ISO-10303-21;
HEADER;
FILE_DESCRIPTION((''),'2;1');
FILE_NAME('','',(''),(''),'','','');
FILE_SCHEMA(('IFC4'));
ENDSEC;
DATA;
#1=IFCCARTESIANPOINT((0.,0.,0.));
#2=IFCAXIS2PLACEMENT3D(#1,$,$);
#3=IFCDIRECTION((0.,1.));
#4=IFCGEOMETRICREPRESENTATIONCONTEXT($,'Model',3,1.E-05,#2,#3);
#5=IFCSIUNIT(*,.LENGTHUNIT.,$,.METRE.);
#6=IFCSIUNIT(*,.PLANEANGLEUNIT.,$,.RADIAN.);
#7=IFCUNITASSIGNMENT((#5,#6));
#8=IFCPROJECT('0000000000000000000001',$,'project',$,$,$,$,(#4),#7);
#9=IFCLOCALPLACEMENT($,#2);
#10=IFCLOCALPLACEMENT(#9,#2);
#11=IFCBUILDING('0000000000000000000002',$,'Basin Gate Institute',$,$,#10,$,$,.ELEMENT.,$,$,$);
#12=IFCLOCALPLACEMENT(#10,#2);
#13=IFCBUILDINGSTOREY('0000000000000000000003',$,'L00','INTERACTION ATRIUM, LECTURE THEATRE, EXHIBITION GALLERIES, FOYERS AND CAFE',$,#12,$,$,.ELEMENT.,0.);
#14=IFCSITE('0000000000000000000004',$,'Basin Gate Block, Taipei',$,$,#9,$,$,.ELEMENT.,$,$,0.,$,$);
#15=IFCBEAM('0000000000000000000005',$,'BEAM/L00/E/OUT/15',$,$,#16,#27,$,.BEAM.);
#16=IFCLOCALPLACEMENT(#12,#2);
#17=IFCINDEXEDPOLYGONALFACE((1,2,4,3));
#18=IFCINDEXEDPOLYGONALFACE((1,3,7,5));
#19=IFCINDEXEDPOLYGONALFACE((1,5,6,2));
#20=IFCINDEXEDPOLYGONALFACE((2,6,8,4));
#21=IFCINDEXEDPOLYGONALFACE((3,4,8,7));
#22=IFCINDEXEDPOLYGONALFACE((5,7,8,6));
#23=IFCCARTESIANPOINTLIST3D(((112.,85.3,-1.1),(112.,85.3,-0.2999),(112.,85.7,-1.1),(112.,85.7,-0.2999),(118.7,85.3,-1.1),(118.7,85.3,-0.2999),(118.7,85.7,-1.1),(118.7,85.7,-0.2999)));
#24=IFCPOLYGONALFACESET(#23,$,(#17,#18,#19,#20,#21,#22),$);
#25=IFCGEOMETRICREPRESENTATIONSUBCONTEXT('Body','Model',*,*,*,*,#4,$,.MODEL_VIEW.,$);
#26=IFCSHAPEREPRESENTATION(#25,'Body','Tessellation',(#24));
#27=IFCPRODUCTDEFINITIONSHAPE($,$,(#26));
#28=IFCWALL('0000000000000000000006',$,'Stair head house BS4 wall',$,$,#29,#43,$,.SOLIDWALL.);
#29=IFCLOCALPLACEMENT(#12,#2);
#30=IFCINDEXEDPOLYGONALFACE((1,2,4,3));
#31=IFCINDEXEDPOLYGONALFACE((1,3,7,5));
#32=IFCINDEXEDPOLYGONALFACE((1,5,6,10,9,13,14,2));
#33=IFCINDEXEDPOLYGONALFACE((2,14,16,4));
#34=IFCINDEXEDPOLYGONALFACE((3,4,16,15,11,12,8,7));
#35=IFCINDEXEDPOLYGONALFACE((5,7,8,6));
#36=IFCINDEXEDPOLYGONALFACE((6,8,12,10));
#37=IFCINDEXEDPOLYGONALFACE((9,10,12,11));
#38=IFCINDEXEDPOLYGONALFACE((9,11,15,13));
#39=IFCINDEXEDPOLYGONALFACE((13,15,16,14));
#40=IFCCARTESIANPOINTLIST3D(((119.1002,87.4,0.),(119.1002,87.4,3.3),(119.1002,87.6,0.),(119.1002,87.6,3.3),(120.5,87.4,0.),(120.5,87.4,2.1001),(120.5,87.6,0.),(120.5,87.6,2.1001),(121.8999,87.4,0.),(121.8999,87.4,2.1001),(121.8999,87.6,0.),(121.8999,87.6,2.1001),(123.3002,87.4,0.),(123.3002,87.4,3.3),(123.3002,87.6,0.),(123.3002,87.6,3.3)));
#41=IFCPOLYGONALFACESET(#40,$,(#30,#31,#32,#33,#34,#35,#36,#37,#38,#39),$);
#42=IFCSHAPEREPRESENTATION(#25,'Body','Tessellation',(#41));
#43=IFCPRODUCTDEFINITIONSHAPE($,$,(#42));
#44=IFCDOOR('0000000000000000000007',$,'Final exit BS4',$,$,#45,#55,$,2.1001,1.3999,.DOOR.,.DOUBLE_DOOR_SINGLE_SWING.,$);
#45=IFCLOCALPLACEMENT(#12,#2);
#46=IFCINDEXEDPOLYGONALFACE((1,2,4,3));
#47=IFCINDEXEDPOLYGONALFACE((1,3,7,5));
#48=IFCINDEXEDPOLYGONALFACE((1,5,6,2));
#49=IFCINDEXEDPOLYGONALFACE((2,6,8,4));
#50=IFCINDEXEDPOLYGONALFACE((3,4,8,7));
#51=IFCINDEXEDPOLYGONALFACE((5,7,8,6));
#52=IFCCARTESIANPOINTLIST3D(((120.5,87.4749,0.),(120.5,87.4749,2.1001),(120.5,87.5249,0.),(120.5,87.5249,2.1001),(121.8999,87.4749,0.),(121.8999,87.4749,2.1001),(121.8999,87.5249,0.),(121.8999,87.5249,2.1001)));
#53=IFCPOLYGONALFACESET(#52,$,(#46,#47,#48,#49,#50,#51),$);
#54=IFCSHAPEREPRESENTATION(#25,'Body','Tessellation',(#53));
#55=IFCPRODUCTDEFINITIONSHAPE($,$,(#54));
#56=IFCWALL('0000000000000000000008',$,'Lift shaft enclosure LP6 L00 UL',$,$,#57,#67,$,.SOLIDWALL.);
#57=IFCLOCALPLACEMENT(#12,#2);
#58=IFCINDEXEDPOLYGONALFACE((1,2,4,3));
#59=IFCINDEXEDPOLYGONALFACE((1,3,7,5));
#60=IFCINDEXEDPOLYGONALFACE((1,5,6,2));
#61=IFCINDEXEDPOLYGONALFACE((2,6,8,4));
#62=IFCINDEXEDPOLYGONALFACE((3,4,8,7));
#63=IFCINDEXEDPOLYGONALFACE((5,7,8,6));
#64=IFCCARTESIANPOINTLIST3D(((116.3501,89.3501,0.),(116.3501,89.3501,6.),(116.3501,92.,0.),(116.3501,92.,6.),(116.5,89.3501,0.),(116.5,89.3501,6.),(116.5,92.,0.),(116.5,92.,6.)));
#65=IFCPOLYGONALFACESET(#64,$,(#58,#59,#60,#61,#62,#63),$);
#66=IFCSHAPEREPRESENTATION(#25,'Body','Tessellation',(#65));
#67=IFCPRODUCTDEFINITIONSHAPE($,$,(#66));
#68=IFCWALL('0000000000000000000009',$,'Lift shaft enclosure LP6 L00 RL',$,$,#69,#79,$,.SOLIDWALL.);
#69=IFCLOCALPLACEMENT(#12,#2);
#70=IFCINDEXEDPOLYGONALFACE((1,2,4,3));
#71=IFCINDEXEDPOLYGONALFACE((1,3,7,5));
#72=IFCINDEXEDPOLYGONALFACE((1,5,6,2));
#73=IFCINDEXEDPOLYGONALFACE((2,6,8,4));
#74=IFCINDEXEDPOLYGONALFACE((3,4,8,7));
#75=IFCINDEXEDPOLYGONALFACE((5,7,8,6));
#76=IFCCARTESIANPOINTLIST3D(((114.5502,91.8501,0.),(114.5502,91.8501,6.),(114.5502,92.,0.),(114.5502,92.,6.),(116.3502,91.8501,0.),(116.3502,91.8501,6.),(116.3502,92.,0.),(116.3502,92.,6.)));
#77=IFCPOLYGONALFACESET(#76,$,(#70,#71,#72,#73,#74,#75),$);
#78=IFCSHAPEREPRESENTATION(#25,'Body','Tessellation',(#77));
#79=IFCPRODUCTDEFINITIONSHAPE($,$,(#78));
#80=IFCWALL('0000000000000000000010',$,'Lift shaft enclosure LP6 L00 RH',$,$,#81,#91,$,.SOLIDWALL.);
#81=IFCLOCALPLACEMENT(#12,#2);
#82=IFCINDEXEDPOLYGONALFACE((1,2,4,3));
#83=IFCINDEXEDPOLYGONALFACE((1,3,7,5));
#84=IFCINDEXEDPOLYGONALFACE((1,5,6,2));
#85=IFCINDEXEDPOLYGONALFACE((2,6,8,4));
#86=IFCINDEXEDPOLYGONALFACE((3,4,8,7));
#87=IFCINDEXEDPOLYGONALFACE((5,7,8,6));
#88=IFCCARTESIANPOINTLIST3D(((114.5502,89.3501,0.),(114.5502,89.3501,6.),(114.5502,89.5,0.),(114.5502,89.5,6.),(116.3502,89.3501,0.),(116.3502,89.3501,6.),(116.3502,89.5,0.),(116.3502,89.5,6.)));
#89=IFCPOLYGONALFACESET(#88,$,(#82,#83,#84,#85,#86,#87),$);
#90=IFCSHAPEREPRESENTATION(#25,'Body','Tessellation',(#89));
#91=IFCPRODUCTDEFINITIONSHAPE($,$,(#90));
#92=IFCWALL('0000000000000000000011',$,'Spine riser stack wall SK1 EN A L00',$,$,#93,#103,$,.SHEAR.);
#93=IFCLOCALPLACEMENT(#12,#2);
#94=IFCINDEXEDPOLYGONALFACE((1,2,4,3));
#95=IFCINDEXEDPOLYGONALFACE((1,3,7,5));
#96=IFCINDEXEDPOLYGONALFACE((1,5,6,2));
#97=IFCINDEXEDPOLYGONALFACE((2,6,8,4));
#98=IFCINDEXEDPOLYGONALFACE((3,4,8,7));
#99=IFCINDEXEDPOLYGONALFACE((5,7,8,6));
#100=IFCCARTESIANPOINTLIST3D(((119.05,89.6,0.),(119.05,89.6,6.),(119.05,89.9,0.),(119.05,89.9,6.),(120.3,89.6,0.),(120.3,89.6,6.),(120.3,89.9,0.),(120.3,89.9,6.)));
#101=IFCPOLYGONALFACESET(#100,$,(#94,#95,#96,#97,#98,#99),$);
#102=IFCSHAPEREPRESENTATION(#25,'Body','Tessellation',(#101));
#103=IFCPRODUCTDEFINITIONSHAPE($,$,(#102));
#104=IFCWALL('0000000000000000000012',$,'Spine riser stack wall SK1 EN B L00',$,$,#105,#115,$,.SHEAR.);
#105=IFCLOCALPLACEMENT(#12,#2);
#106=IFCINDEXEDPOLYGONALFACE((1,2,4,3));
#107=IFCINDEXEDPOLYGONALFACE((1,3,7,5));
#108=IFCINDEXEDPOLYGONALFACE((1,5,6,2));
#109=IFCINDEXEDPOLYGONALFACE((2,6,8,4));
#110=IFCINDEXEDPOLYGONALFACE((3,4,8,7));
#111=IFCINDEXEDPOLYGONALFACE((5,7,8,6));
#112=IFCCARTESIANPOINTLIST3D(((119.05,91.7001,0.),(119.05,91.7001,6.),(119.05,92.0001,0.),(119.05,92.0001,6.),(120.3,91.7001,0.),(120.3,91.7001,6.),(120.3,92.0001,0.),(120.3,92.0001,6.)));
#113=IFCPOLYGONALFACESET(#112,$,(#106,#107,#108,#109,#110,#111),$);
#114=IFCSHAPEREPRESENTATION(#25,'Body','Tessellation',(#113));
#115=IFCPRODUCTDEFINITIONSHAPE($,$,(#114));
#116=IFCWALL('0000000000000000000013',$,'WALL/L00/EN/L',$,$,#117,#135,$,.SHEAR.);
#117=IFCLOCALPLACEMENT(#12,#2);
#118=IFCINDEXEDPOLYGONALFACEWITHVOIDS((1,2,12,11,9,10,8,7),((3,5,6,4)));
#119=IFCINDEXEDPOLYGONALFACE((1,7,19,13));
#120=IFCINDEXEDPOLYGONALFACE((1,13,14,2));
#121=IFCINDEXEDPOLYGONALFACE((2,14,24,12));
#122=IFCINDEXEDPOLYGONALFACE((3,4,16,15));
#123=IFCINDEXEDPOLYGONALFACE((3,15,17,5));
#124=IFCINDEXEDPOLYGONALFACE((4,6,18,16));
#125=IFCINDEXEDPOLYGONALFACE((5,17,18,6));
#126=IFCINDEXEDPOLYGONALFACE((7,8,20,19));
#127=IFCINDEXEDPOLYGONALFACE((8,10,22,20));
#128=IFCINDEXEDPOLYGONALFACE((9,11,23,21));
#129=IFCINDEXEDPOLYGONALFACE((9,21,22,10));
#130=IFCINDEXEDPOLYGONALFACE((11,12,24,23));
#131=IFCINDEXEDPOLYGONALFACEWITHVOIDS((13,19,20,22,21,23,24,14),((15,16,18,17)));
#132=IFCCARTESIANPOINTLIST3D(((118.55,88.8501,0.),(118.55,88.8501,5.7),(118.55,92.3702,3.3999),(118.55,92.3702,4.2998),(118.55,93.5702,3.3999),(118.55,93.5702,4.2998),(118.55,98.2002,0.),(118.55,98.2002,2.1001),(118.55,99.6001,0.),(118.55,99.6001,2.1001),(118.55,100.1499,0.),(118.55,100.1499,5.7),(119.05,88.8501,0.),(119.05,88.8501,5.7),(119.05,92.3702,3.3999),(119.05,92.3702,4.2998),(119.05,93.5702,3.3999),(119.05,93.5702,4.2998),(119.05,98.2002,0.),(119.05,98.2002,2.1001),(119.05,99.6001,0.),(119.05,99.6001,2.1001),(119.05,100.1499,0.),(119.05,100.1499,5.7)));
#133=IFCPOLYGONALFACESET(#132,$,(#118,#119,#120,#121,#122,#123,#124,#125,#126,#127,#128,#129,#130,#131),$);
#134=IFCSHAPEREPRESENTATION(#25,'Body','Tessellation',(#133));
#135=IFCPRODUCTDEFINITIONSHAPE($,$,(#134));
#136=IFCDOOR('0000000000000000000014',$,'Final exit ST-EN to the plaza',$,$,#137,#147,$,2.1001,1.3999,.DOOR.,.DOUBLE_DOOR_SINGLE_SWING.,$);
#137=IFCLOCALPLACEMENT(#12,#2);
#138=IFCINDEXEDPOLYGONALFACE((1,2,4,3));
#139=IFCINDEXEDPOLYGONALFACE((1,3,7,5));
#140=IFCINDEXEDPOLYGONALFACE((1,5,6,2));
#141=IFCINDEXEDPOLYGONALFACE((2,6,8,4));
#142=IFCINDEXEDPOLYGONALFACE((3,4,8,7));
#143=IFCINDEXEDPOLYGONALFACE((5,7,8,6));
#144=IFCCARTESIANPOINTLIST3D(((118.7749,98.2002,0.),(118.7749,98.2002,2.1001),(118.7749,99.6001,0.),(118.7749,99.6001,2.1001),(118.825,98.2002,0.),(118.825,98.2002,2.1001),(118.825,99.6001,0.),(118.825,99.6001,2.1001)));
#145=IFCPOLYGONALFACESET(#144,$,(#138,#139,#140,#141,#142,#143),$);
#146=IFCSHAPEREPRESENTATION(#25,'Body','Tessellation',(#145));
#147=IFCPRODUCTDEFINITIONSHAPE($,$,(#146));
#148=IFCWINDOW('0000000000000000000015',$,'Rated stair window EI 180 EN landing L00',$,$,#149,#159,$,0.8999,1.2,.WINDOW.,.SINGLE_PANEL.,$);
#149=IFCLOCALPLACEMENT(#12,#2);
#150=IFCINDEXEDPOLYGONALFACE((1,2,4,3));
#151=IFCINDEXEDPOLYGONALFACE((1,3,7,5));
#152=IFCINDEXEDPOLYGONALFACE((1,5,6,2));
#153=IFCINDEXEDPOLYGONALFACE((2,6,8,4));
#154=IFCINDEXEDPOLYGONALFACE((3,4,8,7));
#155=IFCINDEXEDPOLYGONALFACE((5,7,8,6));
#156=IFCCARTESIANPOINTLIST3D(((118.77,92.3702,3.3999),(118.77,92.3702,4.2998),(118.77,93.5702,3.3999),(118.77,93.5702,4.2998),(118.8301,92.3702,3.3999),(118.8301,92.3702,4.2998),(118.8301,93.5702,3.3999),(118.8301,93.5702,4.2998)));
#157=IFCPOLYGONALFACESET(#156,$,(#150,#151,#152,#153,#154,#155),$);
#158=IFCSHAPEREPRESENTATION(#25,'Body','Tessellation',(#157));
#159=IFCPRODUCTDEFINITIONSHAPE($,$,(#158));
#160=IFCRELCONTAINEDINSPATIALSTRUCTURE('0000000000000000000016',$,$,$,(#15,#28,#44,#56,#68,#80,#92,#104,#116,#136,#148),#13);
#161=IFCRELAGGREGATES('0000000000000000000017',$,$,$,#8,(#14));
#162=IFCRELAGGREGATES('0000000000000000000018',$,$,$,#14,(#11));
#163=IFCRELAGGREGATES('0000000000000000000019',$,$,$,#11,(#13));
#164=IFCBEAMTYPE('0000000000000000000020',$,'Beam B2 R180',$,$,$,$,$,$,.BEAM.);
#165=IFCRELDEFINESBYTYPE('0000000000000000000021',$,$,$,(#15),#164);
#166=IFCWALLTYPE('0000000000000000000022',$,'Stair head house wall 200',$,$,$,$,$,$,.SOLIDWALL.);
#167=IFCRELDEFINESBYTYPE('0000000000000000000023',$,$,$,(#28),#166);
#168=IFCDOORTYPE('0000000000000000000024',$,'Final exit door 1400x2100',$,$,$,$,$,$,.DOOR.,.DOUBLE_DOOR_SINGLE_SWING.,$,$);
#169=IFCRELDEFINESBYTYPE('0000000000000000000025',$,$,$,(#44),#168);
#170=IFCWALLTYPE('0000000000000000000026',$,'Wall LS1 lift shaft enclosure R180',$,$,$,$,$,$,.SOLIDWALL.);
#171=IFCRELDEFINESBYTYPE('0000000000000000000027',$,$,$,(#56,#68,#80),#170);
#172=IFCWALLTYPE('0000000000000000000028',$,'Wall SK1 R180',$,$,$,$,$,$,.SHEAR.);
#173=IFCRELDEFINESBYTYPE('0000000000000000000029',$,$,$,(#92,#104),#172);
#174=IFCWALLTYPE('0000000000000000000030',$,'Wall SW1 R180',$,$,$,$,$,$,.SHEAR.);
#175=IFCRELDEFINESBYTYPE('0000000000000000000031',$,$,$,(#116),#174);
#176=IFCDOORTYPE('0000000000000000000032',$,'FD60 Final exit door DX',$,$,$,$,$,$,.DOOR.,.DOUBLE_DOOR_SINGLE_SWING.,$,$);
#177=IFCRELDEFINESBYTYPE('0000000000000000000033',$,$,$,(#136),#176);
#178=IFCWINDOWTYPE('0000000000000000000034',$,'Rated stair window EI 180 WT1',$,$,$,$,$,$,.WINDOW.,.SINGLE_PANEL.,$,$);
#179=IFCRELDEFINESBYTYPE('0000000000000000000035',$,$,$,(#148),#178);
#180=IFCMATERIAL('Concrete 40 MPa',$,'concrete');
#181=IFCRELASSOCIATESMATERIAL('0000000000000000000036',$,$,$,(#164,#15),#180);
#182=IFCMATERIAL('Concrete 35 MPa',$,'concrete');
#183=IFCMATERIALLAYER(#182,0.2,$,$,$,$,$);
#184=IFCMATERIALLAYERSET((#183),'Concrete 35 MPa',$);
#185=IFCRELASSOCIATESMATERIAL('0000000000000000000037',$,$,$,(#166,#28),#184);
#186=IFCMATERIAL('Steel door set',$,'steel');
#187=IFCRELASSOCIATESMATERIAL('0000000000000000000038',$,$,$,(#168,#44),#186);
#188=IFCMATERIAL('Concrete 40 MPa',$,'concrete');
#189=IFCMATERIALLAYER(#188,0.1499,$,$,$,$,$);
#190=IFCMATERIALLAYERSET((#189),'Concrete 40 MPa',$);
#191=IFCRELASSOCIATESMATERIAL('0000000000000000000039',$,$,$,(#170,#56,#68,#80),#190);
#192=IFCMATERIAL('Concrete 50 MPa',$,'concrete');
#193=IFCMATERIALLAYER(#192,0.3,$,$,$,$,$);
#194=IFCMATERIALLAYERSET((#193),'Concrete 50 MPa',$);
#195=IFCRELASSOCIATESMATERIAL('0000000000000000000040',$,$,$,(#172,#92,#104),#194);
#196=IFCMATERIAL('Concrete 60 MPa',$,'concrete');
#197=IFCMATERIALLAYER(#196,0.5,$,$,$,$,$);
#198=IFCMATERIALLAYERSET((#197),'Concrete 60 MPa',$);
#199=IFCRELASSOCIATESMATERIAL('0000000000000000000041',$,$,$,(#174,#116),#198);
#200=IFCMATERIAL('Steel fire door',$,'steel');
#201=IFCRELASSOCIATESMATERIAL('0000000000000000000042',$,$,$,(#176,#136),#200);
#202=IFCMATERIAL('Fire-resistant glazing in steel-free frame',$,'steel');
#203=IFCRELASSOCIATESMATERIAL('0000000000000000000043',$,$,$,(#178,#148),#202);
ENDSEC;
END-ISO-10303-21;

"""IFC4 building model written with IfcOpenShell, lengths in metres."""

from ifc_helpers import new_model, si_unit, direction, frame, frame_2d, origin, origin_2d, place, context, subcontext, project, spatial, rectangle, extrude, material, layer, layer_set, material_profile, profile_set, type_object, element, fill, save


model = new_model("IFC4")

# Units and contexts
model_context = context("Model", 3, precision=1e-05, world=origin(), true_north=direction((0.0, 1.0)))
body_context = subcontext(model_context, "Body", "Model", "MODEL_VIEW")
ifc_project = project(units=[si_unit("LENGTHUNIT", "METRE"), si_unit("PLANEANGLEUNIT", "RADIAN")], contexts=[model_context])

# Site, building, storey
site_placement = place(None, origin())
site = spatial("IfcSite", under=ifc_project, at=site_placement, Name="Basin Gate Block, Taipei", CompositionType="ELEMENT", RefElevation=0.0)
building_placement = place(site_placement, origin())
building = spatial("IfcBuilding", under=site, at=building_placement, Name="Basin Gate Institute", CompositionType="ELEMENT")
storey_placement = place(building_placement, origin())
storey = spatial("IfcBuildingStorey", under=building, at=storey_placement, Name="L00", Description="INTERACTION ATRIUM, LECTURE THEATRE, EXHIBITION GALLERIES, FOYERS AND CAFE", CompositionType="ELEMENT", Elevation=0.0)

# Beam
ifc_material_1 = material(Name="Concrete 40 MPa", Category="concrete")
ifc_material_profile = material_profile(ifc_material_1, rectangle(XDim=0.3999, YDim=0.8, at=origin_2d()), Name="Beam B2 400 x 800")
ifc_profile_set = profile_set([ifc_material_profile], Name="Concrete 40 MPa")
beam_type = type_object("IfcBeamType", Name="Beam B2 R180", PredefinedType="BEAM", material=ifc_profile_set)
beam_placement = place(storey_placement, frame((118.7, 85.5, -0.7), z_axis=(-1.0, 0.0, 0.0), x_axis=(0.0, -1.0, 0.0)))
element("IfcBeam", 1, at=beam_placement, inside=storey, type_object=beam_type, material=ifc_profile_set, Name="BEAM/L00/E/OUT/15", PredefinedType="BEAM", context=body_context, shape_type="SweptSolid", body=[
    extrude(rectangle(XDim=0.3999, YDim=0.8, at=origin_2d()), origin(), (0.0, 0.0, 1.0), 6.7),
])

# Wall, opening, door
ifc_material_2 = material(Name="Concrete 35 MPa", Category="concrete")
ifc_layer_1 = layer(ifc_material_2, 0.2)
ifc_layer_set_1 = layer_set([ifc_layer_1], Name="Concrete 35 MPa")
wall_type_1 = type_object("IfcWallType", Name="Stair head house wall 200", PredefinedType="SOLIDWALL", material=ifc_layer_set_1)
wall_1_placement = place(storey_placement, frame((119.1001, 87.5, 0.0), z_axis=(0.0, 0.0, 1.0), x_axis=(1.0, 0.0, 0.0)))
wall_1 = element("IfcWall", 2, at=wall_1_placement, inside=storey, type_object=wall_type_1, material=ifc_layer_set_1, Name="Stair head house BS4 wall", PredefinedType="SOLIDWALL", context=body_context, shape_type="SweptSolid", body=[
    extrude(rectangle(XDim=4.2, YDim=0.2, at=frame_2d((2.1001, 0.0))), origin(), (0.0, 0.0, 1.0), 3.3),
])
opening_1_placement = place(wall_1_placement, frame((1.3999, 0.0, 0.0)))
opening_1 = element("IfcOpeningElement", 3, at=opening_1_placement, cuts=wall_1, PredefinedType="OPENING", context=body_context, shape_type="SweptSolid", body=[
    extrude(rectangle(XDim=1.3999, YDim=2.1001, at=frame_2d((0.7, 1.05))), frame((0.0, 0.1099, 0.0), z_axis=(0.0, -1.0, 0.0), x_axis=(1.0, 0.0, 0.0)), (0.0, 0.0, 1.0), 0.22),
])
ifc_material_3 = material(Name="Steel door set", Category="steel")
door_type_1 = type_object("IfcDoorType", Name="Final exit door 1400x2100", OperationType="DOUBLE_DOOR_SINGLE_SWING", PredefinedType="DOOR", material=ifc_material_3)
door_1_placement = place(opening_1_placement, origin())
door_1 = element("IfcDoor", 4, at=door_1_placement, inside=storey, type_object=door_type_1, material=ifc_material_3, Name="Final exit BS4", OperationType="DOUBLE_DOOR_SINGLE_SWING", OverallHeight=2.1001, OverallWidth=1.3999, PredefinedType="DOOR", context=body_context, shape_type="SweptSolid", body=[
    extrude(rectangle(XDim=1.3999, YDim=2.1001, at=frame_2d((0.7, 1.05))), frame((0.0, 0.0249, 0.0), z_axis=(0.0, -1.0, 0.0), x_axis=(1.0, 0.0, 0.0)), (0.0, 0.0, 1.0), 0.05),
])
fill(opening_1, door_1)

# Walls
ifc_material_4 = material(Name="Concrete 40 MPa", Category="concrete")
ifc_layer_2 = layer(ifc_material_4, 0.1499)
ifc_layer_set_2 = layer_set([ifc_layer_2], Name="Concrete 40 MPa")
wall_type_2 = type_object("IfcWallType", Name="Wall LS1 lift shaft enclosure R180", PredefinedType="SOLIDWALL", material=ifc_layer_set_2)
wall_2_placement = place(storey_placement, frame((116.425, 92.0, 0.0), z_axis=(0.0, 0.0, 1.0), x_axis=(0.0, -1.0, 0.0)))
element("IfcWall", 5, at=wall_2_placement, inside=storey, type_object=wall_type_2, material=ifc_layer_set_2, Name="Lift shaft enclosure LP6 L00 UL", PredefinedType="SOLIDWALL", context=body_context, shape_type="SweptSolid", body=[
    extrude(rectangle(XDim=2.6499, YDim=0.1499, at=frame_2d((1.325, 0.0))), origin(), (0.0, 0.0, 1.0), 6.0),
])
for number, where, z_axis, x_axis, name in (
    (6, (116.3501, 91.925, 0.0), (0.0, 0.0, 1.0), (-1.0, 0.0, 0.0), "Lift shaft enclosure LP6 L00 RL"),
    (7, (116.3501, 89.425, 0.0), (0.0, 0.0, 1.0), (-1.0, 0.0, 0.0), "Lift shaft enclosure LP6 L00 RH"),
):
    element("IfcWall", number, at=place(storey_placement, frame(where, z_axis=z_axis, x_axis=x_axis)), inside=storey, type_object=wall_type_2, material=ifc_layer_set_2, Name=name, PredefinedType="SOLIDWALL", context=body_context, shape_type="SweptSolid", body=[
        extrude(rectangle(XDim=1.8, YDim=0.1499, at=frame_2d((0.8999, 0.0))), origin(), (0.0, 0.0, 1.0), 6.0),
    ])
ifc_material_5 = material(Name="Concrete 50 MPa", Category="concrete")
ifc_layer_3 = layer(ifc_material_5, 0.3)
ifc_layer_set_3 = layer_set([ifc_layer_3], Name="Concrete 50 MPa")
wall_type_3 = type_object("IfcWallType", Name="Wall SK1 R180", PredefinedType="SHEAR", material=ifc_layer_set_3)
for number, where, z_axis, x_axis, name in (
    (8, (119.05, 89.75, 0.0), (0.0, 0.0, 1.0), (1.0, 0.0, 0.0), "Spine riser stack wall SK1 EN A L00"),
    (9, (119.05, 91.8501, 0.0), (0.0, 0.0, 1.0), (1.0, 0.0, 0.0), "Spine riser stack wall SK1 EN B L00"),
):
    element("IfcWall", number, at=place(storey_placement, frame(where, z_axis=z_axis, x_axis=x_axis)), inside=storey, type_object=wall_type_3, material=ifc_layer_set_3, Name=name, PredefinedType="SHEAR", context=body_context, shape_type="SweptSolid", body=[
        extrude(rectangle(XDim=1.25, YDim=0.3, at=frame_2d((0.625, 0.0))), origin(), (0.0, 0.0, 1.0), 6.0),
    ])

# Wall, openings, door, window
ifc_material_6 = material(Name="Concrete 60 MPa", Category="concrete")
ifc_layer_4 = layer(ifc_material_6, 0.5)
ifc_layer_set_4 = layer_set([ifc_layer_4], Name="Concrete 60 MPa")
wall_type_4 = type_object("IfcWallType", Name="Wall SW1 R180", PredefinedType="SHEAR", material=ifc_layer_set_4)
wall_3_placement = place(storey_placement, frame((118.8, 88.8501, 0.0), z_axis=(0.0, 0.0, 1.0), x_axis=(0.0, 1.0, 0.0)))
wall_3 = element("IfcWall", 10, at=wall_3_placement, inside=storey, type_object=wall_type_4, material=ifc_layer_set_4, Name="WALL/L00/EN/L", PredefinedType="SHEAR", context=body_context, shape_type="SweptSolid", body=[
    extrude(rectangle(XDim=11.2998, YDim=0.5, at=frame_2d((5.6499, 0.0))), origin(), (0.0, 0.0, 1.0), 5.7),
])
opening_2_placement = place(wall_3_placement, frame((9.3501, 0.0, 0.0)))
opening_2 = element("IfcOpeningElement", 11, at=opening_2_placement, cuts=wall_3, PredefinedType="OPENING", context=body_context, shape_type="SweptSolid", body=[
    extrude(rectangle(XDim=1.3999, YDim=2.1001, at=frame_2d((0.7, 1.05))), frame((0.0, 0.26, 0.0), z_axis=(0.0, -1.0, 0.0), x_axis=(1.0, 0.0, 0.0)), (0.0, 0.0, 1.0), 0.52),
])
opening_3_placement = place(wall_3_placement, frame((3.52, 0.0, 3.3999)))
opening_3 = element("IfcOpeningElement", 12, at=opening_3_placement, cuts=wall_3, PredefinedType="OPENING", context=body_context, shape_type="SweptSolid", body=[
    extrude(rectangle(XDim=1.2, YDim=0.8999, at=frame_2d((0.6001, 0.45))), frame((0.0, 0.26, 0.0), z_axis=(0.0, -1.0, 0.0), x_axis=(1.0, 0.0, 0.0)), (0.0, 0.0, 1.0), 0.52),
])
ifc_material_7 = material(Name="Steel fire door", Category="steel")
door_type_2 = type_object("IfcDoorType", Name="FD60 Final exit door DX", OperationType="DOUBLE_DOOR_SINGLE_SWING", PredefinedType="DOOR", material=ifc_material_7)
door_2_placement = place(opening_2_placement, frame((1.3999, 0.0, 0.0), z_axis=(0.0, 0.0, 1.0), x_axis=(-1.0, 0.0, 0.0)))
door_2 = element("IfcDoor", 13, at=door_2_placement, inside=storey, type_object=door_type_2, material=ifc_material_7, Name="Final exit ST-EN to the plaza", OperationType="DOUBLE_DOOR_SINGLE_SWING", OverallHeight=2.1001, OverallWidth=1.3999, PredefinedType="DOOR", context=body_context, shape_type="SweptSolid", body=[
    extrude(rectangle(XDim=1.3999, YDim=2.1001, at=frame_2d((0.7, 1.05))), frame((0.0, 0.0249, 0.0), z_axis=(0.0, -1.0, 0.0), x_axis=(1.0, 0.0, 0.0)), (0.0, 0.0, 1.0), 0.05),
])
fill(opening_2, door_2)
ifc_material_8 = material(Name="Fire-resistant glazing in steel-free frame", Category="steel")
window_type = type_object("IfcWindowType", Name="Rated stair window EI 180 WT1", PartitioningType="SINGLE_PANEL", PredefinedType="WINDOW", material=ifc_material_8)
window_placement = place(opening_3_placement, origin())
window = element("IfcWindow", 14, at=window_placement, inside=storey, type_object=window_type, material=ifc_material_8, Name="Rated stair window EI 180 EN landing L00", OverallHeight=0.8999, OverallWidth=1.2, PartitioningType="SINGLE_PANEL", PredefinedType="WINDOW", context=body_context, shape_type="SweptSolid", body=[
    extrude(rectangle(XDim=1.2, YDim=0.8999, at=frame_2d((0.6001, 0.45))), frame((0.0, 0.03, 0.0), z_axis=(0.0, -1.0, 0.0), x_axis=(1.0, 0.0, 0.0)), (0.0, 0.0, 1.0), 0.0601),
])
fill(opening_3, window)

save(model, "model.ifc")
